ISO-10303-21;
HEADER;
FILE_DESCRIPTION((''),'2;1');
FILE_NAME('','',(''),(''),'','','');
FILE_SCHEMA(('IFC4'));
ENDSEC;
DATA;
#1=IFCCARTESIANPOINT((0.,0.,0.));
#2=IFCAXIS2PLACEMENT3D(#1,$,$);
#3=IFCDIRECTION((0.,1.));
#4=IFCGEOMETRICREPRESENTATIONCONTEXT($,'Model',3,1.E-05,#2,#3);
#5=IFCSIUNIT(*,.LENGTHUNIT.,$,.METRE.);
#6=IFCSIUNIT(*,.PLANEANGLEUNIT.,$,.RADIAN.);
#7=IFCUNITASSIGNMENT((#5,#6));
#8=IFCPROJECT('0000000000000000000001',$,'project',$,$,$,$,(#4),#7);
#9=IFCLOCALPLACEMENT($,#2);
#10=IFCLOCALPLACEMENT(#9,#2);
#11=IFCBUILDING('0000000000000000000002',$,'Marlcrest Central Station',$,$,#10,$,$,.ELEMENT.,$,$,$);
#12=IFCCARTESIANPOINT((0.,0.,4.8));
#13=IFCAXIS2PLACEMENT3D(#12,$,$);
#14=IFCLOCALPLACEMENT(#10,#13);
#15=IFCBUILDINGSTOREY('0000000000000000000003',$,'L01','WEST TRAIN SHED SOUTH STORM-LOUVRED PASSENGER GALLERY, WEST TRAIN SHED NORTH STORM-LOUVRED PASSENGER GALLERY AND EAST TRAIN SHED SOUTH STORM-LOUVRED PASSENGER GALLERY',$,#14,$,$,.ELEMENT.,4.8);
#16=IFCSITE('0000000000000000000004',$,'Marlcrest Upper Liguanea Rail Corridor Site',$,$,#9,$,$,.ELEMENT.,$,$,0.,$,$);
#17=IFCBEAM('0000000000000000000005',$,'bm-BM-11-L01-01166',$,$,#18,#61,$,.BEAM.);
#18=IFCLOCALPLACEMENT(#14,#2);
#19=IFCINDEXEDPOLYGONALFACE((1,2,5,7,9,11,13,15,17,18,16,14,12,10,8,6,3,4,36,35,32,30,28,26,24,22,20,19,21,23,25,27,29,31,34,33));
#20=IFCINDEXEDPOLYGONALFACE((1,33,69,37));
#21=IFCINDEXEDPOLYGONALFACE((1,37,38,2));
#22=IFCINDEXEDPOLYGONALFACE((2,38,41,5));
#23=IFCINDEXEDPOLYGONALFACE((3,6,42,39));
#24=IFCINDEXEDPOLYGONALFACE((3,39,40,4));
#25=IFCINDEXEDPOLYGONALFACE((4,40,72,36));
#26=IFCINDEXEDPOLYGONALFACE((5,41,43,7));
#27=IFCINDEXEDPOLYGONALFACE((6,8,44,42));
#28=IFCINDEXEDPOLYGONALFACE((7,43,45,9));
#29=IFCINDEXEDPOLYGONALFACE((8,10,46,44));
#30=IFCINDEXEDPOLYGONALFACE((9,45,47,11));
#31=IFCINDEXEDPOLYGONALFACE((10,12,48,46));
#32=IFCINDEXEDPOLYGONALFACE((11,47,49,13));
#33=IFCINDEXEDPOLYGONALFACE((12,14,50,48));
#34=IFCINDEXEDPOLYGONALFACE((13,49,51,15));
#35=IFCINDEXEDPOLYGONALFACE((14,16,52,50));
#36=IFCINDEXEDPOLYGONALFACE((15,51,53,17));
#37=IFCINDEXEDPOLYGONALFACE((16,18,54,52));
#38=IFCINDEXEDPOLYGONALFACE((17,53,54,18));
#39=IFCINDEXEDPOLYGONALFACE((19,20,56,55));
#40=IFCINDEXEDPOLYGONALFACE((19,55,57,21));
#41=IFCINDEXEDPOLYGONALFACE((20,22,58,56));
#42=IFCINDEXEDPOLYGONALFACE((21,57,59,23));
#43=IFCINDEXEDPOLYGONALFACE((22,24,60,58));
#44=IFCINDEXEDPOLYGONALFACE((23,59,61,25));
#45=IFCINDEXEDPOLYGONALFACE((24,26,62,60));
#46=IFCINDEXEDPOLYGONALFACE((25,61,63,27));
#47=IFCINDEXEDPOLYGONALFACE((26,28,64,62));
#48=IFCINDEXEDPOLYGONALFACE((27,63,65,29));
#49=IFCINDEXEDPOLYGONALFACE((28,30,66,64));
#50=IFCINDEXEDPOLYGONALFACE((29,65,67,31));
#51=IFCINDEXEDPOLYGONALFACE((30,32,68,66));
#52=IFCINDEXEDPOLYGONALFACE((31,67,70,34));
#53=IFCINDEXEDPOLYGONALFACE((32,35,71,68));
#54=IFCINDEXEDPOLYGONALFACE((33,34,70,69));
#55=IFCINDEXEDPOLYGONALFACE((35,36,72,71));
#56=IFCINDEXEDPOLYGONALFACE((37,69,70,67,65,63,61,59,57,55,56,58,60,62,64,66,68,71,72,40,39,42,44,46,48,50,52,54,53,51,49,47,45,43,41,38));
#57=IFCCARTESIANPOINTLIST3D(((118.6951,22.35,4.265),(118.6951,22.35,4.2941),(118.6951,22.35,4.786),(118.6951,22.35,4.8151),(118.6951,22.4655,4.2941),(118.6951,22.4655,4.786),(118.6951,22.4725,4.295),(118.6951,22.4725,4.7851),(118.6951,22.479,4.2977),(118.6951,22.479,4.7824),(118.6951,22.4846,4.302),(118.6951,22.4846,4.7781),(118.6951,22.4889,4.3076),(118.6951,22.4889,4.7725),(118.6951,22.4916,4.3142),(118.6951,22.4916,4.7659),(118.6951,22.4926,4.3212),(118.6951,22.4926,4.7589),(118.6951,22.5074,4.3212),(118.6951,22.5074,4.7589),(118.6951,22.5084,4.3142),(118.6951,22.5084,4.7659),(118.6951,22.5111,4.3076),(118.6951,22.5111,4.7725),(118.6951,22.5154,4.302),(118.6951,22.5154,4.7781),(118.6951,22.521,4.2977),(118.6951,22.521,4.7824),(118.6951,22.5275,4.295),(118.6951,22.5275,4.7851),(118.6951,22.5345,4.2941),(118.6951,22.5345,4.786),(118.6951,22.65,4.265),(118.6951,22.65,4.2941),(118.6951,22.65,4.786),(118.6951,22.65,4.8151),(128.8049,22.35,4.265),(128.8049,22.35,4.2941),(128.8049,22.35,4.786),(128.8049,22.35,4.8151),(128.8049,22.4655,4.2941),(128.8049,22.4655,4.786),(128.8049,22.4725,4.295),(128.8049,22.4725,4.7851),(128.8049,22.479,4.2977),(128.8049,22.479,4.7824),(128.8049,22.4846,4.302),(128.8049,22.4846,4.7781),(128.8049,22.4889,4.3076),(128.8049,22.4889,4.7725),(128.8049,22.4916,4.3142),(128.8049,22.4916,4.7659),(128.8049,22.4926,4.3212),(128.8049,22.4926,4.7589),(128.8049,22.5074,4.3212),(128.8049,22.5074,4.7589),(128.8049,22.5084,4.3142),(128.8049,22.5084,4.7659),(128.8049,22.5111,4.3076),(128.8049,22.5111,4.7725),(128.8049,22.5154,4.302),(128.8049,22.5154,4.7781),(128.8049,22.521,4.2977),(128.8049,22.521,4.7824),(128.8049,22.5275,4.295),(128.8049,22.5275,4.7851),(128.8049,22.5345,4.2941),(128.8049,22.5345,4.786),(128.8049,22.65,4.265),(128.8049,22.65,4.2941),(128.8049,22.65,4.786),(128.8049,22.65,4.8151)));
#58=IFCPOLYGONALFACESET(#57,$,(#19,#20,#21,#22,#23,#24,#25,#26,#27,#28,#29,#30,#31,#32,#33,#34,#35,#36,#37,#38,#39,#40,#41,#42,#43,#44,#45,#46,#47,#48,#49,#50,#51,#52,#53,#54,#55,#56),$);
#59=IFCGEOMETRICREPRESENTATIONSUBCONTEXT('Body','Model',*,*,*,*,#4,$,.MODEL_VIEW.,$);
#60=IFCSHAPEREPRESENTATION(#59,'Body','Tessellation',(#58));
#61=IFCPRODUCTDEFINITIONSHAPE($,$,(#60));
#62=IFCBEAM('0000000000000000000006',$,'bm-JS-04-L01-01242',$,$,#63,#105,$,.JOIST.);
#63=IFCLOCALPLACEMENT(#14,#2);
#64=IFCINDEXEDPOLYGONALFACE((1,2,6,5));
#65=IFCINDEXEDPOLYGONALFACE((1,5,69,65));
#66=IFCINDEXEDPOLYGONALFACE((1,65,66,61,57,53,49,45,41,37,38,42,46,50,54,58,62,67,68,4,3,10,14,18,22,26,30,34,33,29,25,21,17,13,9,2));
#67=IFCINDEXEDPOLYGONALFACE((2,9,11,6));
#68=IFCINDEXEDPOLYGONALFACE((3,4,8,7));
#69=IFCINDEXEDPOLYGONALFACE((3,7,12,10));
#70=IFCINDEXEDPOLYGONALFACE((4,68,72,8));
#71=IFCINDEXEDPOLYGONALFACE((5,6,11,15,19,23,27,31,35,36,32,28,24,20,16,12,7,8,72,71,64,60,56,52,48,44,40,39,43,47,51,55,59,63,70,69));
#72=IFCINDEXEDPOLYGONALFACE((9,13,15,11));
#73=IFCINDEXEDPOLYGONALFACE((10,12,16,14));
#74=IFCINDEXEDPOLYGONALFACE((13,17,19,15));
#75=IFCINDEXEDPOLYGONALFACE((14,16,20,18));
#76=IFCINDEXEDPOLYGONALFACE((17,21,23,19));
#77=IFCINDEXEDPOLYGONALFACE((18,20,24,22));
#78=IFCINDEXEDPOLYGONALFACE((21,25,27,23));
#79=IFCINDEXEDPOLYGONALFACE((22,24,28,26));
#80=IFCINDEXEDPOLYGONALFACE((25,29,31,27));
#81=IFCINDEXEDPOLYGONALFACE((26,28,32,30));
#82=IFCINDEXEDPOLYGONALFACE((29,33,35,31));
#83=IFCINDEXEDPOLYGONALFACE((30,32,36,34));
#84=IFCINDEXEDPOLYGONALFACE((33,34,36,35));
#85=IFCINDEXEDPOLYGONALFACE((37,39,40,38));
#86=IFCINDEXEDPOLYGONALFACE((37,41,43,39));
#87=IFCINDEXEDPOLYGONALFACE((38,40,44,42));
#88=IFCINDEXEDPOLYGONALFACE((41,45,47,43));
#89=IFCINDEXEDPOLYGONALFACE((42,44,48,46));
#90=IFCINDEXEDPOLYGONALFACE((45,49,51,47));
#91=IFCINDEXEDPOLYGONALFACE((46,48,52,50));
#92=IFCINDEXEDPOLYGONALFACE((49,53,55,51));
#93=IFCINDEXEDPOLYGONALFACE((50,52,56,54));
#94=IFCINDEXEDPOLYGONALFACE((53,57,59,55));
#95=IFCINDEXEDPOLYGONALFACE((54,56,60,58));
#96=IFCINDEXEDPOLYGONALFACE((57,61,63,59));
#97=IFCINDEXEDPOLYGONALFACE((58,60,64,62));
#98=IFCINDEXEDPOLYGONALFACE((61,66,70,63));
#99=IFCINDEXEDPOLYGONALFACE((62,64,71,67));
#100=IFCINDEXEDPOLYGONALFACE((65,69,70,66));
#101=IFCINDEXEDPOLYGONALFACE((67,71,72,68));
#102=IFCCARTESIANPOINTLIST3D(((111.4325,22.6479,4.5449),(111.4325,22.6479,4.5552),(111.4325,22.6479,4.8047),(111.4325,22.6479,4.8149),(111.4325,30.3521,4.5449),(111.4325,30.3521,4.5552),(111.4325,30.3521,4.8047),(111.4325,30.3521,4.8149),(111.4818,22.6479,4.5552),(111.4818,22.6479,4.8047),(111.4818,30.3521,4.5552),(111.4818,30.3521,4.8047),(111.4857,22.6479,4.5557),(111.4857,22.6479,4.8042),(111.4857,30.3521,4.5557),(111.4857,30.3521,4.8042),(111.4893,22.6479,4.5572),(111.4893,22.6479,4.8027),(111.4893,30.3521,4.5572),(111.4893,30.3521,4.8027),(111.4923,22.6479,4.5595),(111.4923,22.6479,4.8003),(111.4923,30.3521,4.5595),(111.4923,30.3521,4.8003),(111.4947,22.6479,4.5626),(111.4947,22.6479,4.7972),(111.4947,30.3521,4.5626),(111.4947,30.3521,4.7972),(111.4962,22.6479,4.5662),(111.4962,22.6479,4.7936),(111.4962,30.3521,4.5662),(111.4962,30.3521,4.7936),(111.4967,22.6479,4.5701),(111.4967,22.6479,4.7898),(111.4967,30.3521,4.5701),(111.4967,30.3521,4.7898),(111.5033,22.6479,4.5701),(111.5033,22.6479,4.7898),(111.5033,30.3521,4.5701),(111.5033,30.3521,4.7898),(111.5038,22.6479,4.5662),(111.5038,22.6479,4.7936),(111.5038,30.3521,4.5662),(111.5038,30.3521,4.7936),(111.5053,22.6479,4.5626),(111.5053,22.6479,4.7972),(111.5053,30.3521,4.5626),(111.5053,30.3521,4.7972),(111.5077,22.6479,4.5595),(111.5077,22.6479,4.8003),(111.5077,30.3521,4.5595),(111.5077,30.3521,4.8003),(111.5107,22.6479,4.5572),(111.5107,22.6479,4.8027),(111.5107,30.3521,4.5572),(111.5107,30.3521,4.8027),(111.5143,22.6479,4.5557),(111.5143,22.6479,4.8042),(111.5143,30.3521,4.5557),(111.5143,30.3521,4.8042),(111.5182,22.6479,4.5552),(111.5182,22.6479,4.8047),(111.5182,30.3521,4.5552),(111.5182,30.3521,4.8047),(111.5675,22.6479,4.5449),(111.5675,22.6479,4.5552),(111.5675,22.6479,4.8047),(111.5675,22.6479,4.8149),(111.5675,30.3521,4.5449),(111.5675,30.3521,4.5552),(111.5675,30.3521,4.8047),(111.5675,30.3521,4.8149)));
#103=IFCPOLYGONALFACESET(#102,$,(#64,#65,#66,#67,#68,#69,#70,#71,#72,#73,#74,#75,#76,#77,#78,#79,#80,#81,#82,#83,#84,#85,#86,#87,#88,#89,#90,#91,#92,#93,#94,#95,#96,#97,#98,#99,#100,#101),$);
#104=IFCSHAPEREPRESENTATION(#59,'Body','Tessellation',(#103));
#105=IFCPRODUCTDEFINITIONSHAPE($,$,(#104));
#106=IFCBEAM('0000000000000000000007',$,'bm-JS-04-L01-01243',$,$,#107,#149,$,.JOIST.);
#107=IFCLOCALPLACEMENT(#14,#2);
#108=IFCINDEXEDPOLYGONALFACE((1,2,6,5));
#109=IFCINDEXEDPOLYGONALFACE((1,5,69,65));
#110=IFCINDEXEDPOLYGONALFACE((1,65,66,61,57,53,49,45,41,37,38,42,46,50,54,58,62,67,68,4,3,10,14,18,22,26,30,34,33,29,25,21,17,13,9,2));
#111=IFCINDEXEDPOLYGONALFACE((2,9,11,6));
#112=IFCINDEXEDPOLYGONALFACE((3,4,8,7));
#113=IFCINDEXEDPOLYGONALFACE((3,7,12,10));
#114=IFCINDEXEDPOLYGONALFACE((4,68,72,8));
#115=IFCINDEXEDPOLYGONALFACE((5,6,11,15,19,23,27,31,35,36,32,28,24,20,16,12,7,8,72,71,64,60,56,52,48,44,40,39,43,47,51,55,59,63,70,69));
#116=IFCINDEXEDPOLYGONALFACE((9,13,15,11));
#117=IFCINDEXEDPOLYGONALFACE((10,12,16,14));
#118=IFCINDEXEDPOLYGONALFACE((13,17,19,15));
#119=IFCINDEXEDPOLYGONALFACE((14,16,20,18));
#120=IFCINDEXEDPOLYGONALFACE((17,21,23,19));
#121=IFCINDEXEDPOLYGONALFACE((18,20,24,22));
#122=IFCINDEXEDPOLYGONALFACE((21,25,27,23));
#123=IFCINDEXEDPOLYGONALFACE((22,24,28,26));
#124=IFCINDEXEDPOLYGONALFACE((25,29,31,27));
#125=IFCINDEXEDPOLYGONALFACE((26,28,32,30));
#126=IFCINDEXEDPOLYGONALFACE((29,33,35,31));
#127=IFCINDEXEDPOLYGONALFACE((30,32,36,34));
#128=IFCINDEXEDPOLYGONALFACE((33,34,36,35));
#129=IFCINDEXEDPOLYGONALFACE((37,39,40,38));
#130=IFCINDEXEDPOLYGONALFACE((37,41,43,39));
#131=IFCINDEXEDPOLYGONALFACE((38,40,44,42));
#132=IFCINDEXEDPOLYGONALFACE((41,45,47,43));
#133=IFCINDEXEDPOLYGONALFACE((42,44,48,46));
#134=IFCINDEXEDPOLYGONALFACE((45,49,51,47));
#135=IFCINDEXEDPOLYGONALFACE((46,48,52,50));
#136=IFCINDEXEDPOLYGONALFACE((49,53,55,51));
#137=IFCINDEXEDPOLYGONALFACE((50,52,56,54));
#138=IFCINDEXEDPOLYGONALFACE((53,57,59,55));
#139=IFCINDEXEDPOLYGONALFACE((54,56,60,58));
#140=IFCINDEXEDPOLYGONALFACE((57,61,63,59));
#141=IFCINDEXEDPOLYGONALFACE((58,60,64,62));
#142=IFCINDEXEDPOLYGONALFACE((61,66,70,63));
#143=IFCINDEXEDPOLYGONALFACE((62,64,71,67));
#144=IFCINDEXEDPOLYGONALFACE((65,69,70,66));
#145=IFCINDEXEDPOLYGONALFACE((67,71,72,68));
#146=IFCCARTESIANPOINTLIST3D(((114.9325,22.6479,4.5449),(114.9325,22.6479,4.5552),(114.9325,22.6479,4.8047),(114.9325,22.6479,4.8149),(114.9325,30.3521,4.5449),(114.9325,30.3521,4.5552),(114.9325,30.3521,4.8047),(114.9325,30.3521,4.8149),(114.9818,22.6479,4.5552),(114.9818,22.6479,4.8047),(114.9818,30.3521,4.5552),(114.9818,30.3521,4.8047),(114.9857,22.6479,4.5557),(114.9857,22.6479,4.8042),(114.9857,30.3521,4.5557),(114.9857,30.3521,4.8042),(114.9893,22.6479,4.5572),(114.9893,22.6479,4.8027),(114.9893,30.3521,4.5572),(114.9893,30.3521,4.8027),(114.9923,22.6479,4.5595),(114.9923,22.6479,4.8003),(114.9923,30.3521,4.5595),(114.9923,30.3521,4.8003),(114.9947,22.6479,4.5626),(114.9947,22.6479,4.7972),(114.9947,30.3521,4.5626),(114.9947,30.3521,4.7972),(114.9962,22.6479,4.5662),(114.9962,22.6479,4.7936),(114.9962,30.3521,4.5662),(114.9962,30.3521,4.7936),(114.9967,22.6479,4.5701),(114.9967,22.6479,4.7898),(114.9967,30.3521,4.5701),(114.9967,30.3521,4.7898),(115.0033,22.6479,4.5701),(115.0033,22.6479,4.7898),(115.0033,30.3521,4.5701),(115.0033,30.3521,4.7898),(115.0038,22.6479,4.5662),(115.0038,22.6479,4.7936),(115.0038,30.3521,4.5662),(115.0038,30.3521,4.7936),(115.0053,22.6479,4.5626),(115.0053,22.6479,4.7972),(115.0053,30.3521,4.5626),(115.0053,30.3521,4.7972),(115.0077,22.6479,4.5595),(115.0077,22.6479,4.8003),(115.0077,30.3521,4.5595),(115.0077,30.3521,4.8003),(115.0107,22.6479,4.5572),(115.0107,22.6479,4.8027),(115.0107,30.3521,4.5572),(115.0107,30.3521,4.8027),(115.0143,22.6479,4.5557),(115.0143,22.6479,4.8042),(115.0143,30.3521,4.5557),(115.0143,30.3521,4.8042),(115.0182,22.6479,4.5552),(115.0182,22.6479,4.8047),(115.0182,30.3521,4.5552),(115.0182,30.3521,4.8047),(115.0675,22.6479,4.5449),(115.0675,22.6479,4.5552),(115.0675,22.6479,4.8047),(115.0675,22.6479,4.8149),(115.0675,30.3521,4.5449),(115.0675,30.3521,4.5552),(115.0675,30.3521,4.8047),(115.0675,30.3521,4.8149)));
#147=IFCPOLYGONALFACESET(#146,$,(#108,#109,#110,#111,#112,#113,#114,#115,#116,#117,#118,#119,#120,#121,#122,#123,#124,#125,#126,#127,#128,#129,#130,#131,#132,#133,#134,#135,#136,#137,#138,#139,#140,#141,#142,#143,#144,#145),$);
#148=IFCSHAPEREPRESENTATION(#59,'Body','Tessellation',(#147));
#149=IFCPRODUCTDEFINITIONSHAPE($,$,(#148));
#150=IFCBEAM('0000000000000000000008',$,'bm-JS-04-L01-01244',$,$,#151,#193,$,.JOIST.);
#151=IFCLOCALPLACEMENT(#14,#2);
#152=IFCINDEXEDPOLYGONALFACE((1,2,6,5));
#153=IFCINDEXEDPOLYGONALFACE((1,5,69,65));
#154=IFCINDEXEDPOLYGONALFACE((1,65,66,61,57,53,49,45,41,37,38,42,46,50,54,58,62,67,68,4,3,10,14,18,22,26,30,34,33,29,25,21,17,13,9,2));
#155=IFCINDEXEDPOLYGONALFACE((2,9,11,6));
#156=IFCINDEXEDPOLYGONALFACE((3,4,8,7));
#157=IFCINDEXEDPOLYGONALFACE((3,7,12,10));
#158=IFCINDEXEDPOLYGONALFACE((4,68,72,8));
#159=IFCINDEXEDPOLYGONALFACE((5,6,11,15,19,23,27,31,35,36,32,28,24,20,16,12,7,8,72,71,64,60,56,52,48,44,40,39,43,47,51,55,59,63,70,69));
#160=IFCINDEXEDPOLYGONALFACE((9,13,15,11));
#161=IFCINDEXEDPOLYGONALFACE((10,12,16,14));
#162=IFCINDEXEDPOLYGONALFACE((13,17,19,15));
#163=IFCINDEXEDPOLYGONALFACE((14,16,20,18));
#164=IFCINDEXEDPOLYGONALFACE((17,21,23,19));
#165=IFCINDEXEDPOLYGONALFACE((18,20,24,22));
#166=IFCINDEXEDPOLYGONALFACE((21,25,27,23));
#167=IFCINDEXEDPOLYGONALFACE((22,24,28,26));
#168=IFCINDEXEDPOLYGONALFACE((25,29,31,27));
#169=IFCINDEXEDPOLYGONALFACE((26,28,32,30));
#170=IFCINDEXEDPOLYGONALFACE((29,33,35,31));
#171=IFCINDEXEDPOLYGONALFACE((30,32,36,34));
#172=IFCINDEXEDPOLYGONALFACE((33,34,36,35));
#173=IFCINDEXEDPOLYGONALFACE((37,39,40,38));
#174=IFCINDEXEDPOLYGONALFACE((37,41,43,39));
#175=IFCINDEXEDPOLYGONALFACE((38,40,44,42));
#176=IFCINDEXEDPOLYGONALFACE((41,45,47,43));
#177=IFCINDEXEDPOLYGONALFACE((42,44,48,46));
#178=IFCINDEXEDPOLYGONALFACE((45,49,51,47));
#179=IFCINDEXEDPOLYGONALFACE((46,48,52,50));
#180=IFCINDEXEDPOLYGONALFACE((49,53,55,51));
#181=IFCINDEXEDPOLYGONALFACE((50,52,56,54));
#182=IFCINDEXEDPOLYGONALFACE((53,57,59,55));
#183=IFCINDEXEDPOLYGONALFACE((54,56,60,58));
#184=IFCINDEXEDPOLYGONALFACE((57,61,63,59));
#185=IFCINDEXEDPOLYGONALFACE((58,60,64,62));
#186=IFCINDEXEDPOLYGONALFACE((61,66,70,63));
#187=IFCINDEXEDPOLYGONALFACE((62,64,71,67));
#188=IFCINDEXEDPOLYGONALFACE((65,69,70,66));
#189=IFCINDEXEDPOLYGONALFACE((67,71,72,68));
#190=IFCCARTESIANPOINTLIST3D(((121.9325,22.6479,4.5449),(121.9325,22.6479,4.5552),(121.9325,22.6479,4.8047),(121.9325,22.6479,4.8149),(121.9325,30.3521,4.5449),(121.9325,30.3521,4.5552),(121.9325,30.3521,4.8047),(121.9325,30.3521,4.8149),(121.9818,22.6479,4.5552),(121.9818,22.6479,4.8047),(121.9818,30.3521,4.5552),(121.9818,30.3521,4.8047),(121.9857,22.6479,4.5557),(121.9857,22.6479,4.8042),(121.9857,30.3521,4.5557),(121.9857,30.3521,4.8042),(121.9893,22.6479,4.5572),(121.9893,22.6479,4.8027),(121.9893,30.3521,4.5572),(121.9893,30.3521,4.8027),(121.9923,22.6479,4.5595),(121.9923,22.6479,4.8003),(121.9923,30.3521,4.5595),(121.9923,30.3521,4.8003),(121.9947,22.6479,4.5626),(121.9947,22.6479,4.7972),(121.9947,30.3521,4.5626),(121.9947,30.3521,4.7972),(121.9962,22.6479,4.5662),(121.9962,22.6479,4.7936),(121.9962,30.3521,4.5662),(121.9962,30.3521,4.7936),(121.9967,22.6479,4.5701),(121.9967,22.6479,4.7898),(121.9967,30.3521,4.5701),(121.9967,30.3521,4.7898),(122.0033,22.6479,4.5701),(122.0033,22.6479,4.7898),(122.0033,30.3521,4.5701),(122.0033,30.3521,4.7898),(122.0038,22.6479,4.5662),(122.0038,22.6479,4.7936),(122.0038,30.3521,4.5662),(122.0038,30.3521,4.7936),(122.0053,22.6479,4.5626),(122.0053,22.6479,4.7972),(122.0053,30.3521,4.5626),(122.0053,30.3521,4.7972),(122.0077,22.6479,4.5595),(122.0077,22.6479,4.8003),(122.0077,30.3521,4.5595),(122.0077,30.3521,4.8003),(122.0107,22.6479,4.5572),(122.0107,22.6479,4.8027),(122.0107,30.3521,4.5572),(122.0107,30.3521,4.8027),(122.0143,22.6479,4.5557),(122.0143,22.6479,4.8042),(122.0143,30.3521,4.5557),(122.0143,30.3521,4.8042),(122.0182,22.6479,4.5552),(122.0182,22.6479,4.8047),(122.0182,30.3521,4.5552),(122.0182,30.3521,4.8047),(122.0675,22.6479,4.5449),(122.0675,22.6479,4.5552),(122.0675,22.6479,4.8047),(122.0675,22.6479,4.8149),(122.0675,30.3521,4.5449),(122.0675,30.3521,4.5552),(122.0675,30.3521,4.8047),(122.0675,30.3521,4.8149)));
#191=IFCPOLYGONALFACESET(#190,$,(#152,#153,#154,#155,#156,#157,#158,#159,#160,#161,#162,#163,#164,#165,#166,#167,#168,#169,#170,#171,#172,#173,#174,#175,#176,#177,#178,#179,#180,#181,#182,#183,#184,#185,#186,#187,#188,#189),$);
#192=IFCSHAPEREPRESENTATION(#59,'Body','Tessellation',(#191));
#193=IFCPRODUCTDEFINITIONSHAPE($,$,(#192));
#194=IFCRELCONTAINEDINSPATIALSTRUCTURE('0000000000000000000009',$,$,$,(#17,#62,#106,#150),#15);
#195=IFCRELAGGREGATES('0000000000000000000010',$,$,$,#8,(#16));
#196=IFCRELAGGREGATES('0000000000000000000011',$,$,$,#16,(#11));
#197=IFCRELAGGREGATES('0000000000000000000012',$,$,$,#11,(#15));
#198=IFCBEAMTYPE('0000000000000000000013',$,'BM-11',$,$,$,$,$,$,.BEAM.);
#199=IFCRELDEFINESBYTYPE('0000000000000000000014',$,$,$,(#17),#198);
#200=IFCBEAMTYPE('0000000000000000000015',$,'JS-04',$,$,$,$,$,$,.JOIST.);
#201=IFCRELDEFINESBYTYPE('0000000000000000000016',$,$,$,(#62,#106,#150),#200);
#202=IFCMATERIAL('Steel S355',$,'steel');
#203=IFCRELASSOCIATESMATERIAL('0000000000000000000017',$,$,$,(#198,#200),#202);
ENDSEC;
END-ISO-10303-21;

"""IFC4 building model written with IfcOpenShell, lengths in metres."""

from ifc_helpers import new_model, si_unit, direction, frame, origin, origin_2d, place, context, subcontext, project, spatial, i_section, extrude, material, material_profile, profile_set, type_object, element, save


model = new_model("IFC4")

# Units and contexts
model_context = context("Model", 3, precision=1e-05, world=origin(), true_north=direction((0.0, 1.0)))
body_context = subcontext(model_context, "Body", "Model", "MODEL_VIEW")
ifc_project = project(units=[si_unit("LENGTHUNIT", "METRE"), si_unit("PLANEANGLEUNIT", "RADIAN")], contexts=[model_context])

# Site, building, storey
site_placement = place(None, origin())
site = spatial("IfcSite", under=ifc_project, at=site_placement, Name="Marlcrest Upper Liguanea Rail Corridor Site", CompositionType="ELEMENT", RefElevation=0.0)
building_placement = place(site_placement, origin())
building = spatial("IfcBuilding", under=site, at=building_placement, Name="Marlcrest Central Station", CompositionType="ELEMENT")
storey_placement = place(building_placement, frame((0.0, 0.0, 4.8)))
storey = spatial("IfcBuildingStorey", under=building, at=storey_placement, Name="L01", Description="WEST TRAIN SHED SOUTH STORM-LOUVRED PASSENGER GALLERY, WEST TRAIN SHED NORTH STORM-LOUVRED PASSENGER GALLERY AND EAST TRAIN SHED SOUTH STORM-LOUVRED PASSENGER GALLERY", CompositionType="ELEMENT", Elevation=4.8)

# Shared definitions
ifc_material_1 = material(Name="Steel S355", Category="steel")

# Beams
ifc_material_profile_1 = material_profile(ifc_material_1, i_section(OverallWidth=0.3, OverallDepth=0.55, WebThickness=0.0149, FlangeThickness=0.0291, FilletRadius=0.0271, at=origin_2d()), Name="HEB 550")
ifc_profile_set_1 = profile_set([ifc_material_profile_1], Name="Steel S355")
beam_type_1 = type_object("IfcBeamType", Name="BM-11", PredefinedType="BEAM", material=ifc_profile_set_1)
for number, where, z_axis, x_axis, name in (
    (1, (118.6951, 22.5, 4.54), (1.0, 0.0, 0.0), (0.0, 1.0, 0.0), "bm-BM-11-L01-01166"),
):
    element("IfcBeam", number, at=place(storey_placement, frame(where, z_axis=z_axis, x_axis=x_axis)), inside=storey, type_object=beam_type_1, Name=name, PredefinedType="BEAM", context=body_context, shape_type="SweptSolid", body=[
        extrude(i_section(OverallWidth=0.3, OverallDepth=0.55, WebThickness=0.0149, FlangeThickness=0.0291, FilletRadius=0.0271, at=origin_2d()), origin(), (0.0, 0.0, 1.0), 10.1099),
    ])
ifc_material_profile_2 = material_profile(ifc_material_1, i_section(OverallWidth=0.135, OverallDepth=0.27, WebThickness=0.0066, FlangeThickness=0.0103, FilletRadius=0.0149, at=origin_2d()), Name="IPE 270")
ifc_profile_set_2 = profile_set([ifc_material_profile_2], Name="Steel S355")
beam_type_2 = type_object("IfcBeamType", Name="JS-04", PredefinedType="JOIST", material=ifc_profile_set_2)
for number, where, z_axis, x_axis, name in (
    (2, (111.5, 22.6479, 4.6799), (0.0, 1.0, 0.0), (-1.0, 0.0, 0.0), "bm-JS-04-L01-01242"),
    (3, (115.0, 22.6479, 4.6799), (0.0, 1.0, 0.0), (-1.0, 0.0, 0.0), "bm-JS-04-L01-01243"),
    (4, (122.0, 22.6479, 4.6799), (0.0, 1.0, 0.0), (-1.0, 0.0, 0.0), "bm-JS-04-L01-01244"),
):
    element("IfcBeam", number, at=place(storey_placement, frame(where, z_axis=z_axis, x_axis=x_axis)), inside=storey, type_object=beam_type_2, Name=name, PredefinedType="JOIST", context=body_context, shape_type="SweptSolid", body=[
        extrude(i_section(OverallWidth=0.135, OverallDepth=0.27, WebThickness=0.0066, FlangeThickness=0.0103, FilletRadius=0.0149, at=origin_2d()), origin(), (0.0, 0.0, 1.0), 7.7041),
    ])

save(model, "model.ifc")
